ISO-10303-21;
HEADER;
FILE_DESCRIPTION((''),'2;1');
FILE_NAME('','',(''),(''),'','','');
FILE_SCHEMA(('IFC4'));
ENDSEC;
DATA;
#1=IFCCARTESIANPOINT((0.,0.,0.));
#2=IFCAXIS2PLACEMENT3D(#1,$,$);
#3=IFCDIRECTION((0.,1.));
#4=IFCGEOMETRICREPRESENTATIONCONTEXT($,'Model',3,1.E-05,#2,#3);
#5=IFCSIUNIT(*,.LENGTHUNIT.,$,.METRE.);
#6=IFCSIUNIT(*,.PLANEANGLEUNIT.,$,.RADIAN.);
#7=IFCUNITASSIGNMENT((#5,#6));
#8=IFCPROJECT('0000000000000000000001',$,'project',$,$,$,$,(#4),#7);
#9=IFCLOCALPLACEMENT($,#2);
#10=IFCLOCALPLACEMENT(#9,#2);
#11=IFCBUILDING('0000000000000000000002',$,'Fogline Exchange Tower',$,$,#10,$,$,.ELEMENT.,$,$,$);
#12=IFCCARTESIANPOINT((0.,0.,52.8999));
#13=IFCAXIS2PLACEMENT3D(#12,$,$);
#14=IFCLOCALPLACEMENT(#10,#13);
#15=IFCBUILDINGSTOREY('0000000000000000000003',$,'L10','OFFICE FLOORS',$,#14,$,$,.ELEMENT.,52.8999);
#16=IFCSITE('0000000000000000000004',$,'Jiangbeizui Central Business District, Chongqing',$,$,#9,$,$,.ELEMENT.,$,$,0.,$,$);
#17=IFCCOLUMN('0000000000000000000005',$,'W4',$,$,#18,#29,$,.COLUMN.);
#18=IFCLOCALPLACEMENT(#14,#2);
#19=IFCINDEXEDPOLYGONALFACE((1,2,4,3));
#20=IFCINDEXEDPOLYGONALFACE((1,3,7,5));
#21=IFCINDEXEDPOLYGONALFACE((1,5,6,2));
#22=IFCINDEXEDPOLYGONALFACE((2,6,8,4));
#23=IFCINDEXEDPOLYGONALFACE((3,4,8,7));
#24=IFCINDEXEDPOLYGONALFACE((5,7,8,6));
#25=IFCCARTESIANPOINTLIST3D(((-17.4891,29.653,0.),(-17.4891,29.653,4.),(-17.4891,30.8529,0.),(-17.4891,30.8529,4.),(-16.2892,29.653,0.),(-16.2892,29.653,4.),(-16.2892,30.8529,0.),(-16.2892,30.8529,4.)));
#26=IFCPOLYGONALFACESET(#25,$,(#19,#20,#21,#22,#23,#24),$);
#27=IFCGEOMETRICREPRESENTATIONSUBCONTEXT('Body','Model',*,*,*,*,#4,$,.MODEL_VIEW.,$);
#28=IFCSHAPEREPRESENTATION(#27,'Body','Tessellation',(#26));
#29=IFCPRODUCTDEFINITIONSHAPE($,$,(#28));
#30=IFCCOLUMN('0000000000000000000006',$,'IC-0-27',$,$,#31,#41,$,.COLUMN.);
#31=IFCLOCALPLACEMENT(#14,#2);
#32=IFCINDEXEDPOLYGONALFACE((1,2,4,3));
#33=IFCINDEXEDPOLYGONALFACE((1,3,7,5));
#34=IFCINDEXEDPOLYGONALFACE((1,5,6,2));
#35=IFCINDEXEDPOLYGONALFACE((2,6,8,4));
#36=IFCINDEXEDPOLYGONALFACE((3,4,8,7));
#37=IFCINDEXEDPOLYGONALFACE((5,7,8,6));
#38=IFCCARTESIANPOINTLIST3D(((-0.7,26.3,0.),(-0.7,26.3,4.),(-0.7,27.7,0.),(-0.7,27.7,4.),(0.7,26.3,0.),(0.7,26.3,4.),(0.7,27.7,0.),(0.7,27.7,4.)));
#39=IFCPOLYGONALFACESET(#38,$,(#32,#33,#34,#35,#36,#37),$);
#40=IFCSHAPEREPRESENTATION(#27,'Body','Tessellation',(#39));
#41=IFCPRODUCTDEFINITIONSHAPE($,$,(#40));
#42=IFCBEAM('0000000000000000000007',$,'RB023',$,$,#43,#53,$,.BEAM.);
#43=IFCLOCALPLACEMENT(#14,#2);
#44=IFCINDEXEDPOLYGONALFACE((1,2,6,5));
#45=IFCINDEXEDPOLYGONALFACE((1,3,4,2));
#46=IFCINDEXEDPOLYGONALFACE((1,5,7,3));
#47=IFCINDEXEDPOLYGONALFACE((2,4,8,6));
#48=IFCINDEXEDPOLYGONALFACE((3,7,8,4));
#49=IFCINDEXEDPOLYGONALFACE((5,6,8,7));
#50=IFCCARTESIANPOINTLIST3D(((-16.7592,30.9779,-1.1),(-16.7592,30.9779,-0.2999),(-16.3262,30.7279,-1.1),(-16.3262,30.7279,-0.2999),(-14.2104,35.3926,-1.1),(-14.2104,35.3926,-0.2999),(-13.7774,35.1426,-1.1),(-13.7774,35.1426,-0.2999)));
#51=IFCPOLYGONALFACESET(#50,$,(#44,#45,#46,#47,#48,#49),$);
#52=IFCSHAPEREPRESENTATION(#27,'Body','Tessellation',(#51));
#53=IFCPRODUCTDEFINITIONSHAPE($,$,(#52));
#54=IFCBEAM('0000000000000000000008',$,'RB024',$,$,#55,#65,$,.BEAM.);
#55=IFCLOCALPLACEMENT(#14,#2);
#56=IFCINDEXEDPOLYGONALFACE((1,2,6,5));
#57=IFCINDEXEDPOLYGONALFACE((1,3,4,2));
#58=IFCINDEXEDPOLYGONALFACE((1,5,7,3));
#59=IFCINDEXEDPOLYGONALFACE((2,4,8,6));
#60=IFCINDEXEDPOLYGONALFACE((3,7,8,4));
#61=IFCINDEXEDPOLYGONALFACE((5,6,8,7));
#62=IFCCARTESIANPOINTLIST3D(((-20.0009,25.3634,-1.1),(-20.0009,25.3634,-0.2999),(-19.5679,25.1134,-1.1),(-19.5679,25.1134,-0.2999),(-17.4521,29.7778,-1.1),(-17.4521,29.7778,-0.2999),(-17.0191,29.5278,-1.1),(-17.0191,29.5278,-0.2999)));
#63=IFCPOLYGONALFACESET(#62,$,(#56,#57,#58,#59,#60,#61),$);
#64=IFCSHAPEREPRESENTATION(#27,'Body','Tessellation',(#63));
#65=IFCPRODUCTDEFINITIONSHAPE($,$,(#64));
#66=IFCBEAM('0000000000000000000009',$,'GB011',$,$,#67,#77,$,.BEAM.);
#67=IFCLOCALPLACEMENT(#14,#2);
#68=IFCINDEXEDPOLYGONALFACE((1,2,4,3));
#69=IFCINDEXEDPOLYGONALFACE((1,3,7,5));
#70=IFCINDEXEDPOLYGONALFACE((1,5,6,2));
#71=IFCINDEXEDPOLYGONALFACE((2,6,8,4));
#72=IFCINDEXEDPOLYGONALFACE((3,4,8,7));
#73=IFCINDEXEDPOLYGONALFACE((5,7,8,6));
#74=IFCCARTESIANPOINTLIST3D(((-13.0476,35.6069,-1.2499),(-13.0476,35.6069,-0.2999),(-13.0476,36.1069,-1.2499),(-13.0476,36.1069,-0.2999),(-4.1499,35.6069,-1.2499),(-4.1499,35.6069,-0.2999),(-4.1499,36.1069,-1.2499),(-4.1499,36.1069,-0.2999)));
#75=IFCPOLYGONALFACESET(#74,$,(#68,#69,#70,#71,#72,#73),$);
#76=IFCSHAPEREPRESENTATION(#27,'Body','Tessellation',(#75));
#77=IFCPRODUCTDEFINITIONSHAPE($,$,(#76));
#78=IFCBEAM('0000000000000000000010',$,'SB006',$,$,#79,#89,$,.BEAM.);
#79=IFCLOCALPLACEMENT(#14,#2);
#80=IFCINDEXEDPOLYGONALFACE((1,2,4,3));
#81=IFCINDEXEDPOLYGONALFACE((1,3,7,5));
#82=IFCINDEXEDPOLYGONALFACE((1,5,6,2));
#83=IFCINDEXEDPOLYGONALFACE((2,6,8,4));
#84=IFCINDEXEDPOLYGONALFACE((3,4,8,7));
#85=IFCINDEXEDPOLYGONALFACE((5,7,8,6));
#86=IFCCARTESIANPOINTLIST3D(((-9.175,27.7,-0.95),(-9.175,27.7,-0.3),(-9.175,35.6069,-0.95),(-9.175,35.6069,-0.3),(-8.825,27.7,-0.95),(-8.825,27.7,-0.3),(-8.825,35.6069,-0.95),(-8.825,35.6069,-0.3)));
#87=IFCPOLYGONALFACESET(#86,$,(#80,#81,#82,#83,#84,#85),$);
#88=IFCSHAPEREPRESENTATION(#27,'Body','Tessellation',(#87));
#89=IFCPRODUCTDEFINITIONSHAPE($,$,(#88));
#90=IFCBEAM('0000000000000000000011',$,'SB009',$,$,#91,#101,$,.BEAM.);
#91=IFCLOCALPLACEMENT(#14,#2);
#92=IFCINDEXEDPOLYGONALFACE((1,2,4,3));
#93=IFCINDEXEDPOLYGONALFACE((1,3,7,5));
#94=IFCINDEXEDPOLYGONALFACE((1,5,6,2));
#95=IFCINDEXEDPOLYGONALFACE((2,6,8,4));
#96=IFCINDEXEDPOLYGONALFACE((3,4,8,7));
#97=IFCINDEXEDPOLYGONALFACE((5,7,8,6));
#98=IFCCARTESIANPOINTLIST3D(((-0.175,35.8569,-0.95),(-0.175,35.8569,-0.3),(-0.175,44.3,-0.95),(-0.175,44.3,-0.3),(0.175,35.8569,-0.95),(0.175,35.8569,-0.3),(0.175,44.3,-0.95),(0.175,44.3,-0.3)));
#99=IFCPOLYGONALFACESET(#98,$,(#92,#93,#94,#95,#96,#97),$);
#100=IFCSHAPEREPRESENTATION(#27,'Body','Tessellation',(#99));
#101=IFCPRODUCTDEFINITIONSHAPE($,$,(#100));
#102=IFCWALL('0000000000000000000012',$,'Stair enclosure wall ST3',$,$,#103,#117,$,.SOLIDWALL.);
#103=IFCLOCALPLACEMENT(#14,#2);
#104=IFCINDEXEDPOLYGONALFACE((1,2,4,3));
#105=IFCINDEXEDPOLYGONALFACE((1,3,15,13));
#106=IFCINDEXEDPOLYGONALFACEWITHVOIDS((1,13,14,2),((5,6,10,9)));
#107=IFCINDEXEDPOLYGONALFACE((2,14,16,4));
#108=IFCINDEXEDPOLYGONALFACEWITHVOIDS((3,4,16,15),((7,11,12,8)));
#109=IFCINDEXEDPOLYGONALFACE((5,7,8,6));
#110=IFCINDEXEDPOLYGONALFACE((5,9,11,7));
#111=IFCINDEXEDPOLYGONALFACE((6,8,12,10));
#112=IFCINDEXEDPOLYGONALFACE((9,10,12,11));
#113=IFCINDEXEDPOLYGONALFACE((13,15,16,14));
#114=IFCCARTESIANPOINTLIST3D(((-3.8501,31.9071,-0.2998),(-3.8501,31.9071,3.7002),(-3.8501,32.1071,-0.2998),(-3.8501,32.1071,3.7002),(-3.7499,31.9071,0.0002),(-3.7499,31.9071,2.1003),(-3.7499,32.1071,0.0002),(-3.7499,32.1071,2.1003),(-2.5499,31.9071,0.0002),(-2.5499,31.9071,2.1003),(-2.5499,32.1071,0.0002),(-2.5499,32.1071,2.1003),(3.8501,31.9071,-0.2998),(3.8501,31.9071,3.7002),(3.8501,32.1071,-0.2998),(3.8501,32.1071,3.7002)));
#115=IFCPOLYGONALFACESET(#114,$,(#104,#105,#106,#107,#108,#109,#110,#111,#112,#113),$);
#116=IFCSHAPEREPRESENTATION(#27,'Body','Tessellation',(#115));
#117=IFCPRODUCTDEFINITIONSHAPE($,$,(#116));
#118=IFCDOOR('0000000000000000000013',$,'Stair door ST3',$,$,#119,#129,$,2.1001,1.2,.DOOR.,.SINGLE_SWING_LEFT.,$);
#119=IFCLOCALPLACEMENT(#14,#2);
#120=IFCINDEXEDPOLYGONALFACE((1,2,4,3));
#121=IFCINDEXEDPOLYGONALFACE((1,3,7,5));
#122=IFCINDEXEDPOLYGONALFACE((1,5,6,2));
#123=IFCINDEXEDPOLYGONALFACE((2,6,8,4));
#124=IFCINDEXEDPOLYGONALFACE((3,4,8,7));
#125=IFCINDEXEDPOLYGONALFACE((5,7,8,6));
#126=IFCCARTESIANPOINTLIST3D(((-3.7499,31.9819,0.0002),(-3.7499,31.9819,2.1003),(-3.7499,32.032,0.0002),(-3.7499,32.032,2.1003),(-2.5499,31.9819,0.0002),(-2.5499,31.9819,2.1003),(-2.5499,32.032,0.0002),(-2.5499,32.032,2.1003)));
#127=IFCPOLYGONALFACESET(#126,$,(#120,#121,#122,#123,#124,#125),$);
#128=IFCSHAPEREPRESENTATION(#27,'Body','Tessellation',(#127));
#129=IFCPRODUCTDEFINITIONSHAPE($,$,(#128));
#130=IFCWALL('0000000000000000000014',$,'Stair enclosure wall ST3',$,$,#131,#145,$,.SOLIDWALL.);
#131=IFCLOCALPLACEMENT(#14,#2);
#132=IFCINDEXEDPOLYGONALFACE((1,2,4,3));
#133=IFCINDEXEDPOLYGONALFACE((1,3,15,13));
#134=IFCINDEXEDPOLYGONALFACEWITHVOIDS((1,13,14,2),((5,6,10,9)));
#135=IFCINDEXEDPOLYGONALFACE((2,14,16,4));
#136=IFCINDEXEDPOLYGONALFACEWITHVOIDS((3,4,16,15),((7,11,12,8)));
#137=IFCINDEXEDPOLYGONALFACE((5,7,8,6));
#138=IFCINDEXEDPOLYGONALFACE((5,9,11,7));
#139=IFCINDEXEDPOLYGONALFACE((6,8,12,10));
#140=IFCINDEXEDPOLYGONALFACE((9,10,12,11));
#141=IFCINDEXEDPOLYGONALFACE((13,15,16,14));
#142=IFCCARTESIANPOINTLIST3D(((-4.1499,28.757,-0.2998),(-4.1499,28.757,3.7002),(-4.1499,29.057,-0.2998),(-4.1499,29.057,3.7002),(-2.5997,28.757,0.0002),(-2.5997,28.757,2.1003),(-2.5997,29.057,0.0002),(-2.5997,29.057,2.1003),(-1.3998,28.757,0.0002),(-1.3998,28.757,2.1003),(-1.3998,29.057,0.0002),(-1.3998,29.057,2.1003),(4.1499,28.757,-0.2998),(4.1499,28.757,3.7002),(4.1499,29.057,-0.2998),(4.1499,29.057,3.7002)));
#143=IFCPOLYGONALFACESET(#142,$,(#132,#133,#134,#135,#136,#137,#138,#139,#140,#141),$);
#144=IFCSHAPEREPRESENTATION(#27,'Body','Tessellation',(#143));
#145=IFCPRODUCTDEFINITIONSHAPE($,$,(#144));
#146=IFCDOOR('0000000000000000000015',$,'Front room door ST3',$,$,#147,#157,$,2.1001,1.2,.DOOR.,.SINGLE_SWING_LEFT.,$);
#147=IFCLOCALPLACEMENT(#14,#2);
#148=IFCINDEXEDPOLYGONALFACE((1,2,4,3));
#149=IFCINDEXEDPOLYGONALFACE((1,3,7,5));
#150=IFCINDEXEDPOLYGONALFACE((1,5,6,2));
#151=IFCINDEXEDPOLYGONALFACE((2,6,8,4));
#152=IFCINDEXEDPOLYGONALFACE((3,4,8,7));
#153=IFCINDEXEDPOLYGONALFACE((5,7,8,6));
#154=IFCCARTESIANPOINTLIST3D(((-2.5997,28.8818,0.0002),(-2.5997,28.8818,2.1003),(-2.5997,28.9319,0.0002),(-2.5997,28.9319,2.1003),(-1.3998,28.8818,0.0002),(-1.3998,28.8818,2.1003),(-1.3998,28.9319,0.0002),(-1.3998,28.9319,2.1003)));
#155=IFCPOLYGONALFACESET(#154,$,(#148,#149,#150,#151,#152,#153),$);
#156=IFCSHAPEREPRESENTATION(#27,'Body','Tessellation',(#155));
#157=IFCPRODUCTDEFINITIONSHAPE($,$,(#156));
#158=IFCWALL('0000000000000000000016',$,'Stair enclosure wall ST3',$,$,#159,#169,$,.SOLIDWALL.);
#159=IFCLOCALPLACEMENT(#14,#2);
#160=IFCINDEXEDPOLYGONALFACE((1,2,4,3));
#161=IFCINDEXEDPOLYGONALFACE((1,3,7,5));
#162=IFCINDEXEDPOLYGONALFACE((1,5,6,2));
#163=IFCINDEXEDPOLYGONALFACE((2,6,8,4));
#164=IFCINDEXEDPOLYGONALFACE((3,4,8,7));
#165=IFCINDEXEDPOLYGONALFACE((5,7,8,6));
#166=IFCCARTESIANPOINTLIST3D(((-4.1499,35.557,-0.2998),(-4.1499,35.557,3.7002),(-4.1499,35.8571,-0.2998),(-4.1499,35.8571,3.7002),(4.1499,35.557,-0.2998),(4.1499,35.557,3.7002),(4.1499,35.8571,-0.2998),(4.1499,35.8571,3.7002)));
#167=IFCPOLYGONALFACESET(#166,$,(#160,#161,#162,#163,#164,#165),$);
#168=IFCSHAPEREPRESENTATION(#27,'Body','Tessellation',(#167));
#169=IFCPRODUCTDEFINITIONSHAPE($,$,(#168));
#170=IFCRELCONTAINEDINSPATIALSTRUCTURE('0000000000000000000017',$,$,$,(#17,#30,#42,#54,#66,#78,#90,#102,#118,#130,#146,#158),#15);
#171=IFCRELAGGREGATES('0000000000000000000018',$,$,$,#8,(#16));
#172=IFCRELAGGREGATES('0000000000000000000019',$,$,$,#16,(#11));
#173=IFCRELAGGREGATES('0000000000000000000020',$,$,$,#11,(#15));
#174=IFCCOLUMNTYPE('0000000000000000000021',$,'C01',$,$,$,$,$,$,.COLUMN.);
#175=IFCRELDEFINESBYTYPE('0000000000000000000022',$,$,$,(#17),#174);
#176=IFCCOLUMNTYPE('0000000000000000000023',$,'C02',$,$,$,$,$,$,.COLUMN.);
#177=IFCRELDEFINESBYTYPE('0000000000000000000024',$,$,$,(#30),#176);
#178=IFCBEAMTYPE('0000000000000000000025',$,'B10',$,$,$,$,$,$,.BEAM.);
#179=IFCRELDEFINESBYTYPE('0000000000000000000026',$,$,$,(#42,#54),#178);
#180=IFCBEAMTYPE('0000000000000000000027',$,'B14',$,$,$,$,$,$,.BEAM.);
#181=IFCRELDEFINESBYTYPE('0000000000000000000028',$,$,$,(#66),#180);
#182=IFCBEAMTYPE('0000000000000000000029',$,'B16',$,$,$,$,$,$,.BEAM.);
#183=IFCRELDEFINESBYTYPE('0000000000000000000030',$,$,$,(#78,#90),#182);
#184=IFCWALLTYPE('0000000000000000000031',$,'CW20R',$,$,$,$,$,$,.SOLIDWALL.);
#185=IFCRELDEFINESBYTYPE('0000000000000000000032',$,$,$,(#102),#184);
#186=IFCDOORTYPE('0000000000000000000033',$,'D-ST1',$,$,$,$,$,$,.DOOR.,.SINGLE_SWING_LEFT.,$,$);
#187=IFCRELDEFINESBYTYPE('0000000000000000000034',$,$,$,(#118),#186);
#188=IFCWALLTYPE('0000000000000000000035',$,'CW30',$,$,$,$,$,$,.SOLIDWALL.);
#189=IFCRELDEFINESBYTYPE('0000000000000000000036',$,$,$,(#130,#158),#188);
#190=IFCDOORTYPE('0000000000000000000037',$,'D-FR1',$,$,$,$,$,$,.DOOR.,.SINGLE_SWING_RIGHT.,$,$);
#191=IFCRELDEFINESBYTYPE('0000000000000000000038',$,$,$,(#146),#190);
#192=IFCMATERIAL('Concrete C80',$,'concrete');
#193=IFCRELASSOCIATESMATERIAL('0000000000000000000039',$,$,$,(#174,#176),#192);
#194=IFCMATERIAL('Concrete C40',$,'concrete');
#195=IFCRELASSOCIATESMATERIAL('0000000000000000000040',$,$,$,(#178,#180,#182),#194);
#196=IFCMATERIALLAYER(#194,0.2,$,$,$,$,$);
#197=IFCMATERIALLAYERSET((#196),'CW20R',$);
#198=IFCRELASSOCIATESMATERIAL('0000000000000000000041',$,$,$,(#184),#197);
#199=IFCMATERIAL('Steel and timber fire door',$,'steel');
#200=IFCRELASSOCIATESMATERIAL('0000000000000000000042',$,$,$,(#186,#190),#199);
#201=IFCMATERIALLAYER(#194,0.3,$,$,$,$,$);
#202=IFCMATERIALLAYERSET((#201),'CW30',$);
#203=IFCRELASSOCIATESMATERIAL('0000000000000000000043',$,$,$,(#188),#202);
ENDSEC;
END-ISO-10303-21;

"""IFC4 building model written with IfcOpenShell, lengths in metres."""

from ifc_helpers import new_model, si_unit, direction, frame, frame_2d, origin, origin_2d, place, context, subcontext, project, spatial, rectangle, extrude, material, layer, layer_set, material_profile, profile_set, type_object, element, fill, save


model = new_model("IFC4")

# Units and contexts
model_context = context("Model", 3, precision=1e-05, world=origin(), true_north=direction((0.0, 1.0)))
body_context = subcontext(model_context, "Body", "Model", "MODEL_VIEW")
ifc_project = project(units=[si_unit("LENGTHUNIT", "METRE"), si_unit("PLANEANGLEUNIT", "RADIAN")], contexts=[model_context])

# Site, building, storey
site_placement = place(None, origin())
site = spatial("IfcSite", under=ifc_project, at=site_placement, Name="Jiangbeizui Central Business District, Chongqing", CompositionType="ELEMENT", RefElevation=0.0)
building_placement = place(site_placement, origin())
building = spatial("IfcBuilding", under=site, at=building_placement, Name="Fogline Exchange Tower", CompositionType="ELEMENT")
storey_placement = place(building_placement, frame((0.0, 0.0, 52.8999)))
storey = spatial("IfcBuildingStorey", under=building, at=storey_placement, Name="L10", Description="OFFICE FLOORS", CompositionType="ELEMENT", Elevation=52.8999)

# Columns
ifc_material_1 = material(Name="Concrete C80", Category="concrete")
ifc_material_profile_1 = material_profile(ifc_material_1, rectangle(XDim=1.2, YDim=1.2, at=origin_2d()), Name="RC 1200x1200")
ifc_profile_set_1 = profile_set([ifc_material_profile_1], Name="Concrete C80")
column_type_1 = type_object("IfcColumnType", Name="C01", PredefinedType="COLUMN", material=ifc_profile_set_1)
column_1_placement = place(storey_placement, frame((-16.8892, 30.2529, 0.0), z_axis=(0.0, 0.0, 1.0), x_axis=(1.0, 0.0, 0.0)))
element("IfcColumn", 1, at=column_1_placement, inside=storey, type_object=column_type_1, Name="W4", PredefinedType="COLUMN", context=body_context, shape_type="SweptSolid", body=[
    extrude(rectangle(XDim=1.2, YDim=1.2, at=origin_2d()), origin(), (0.0, 0.0, 1.0), 4.0),
])
ifc_material_profile_2 = material_profile(ifc_material_1, rectangle(XDim=1.3999, YDim=1.3999, at=origin_2d()), Name="RC 1400x1400")
ifc_profile_set_2 = profile_set([ifc_material_profile_2], Name="Concrete C80")
column_type_2 = type_object("IfcColumnType", Name="C02", PredefinedType="COLUMN", material=ifc_profile_set_2)
column_2_placement = place(storey_placement, frame((0.0, 27.0, 0.0), z_axis=(0.0, 0.0, 1.0), x_axis=(1.0, 0.0, 0.0)))
element("IfcColumn", 2, at=column_2_placement, inside=storey, type_object=column_type_2, Name="IC-0-27", PredefinedType="COLUMN", context=body_context, shape_type="SweptSolid", body=[
    extrude(rectangle(XDim=1.3999, YDim=1.3999, at=origin_2d()), origin(), (0.0, 0.0, 1.0), 4.0),
])

# Beams
ifc_material_2 = material(Name="Concrete C40", Category="concrete")
ifc_material_profile_3 = material_profile(ifc_material_2, rectangle(XDim=0.5, YDim=0.8, at=origin_2d()), Name="RC 500x800")
ifc_profile_set_3 = profile_set([ifc_material_profile_3], Name="Concrete C40")
beam_type_1 = type_object("IfcBeamType", Name="B10", PredefinedType="BEAM", material=ifc_profile_set_3)
beam_1_placement = place(storey_placement, frame((-13.9939, 35.2676, -0.7), z_axis=(-0.499992, -0.86603, 0.0), x_axis=(0.86603, -0.499992, 0.0)))
element("IfcBeam", 3, at=beam_1_placement, inside=storey, type_object=beam_type_1, Name="RB023", PredefinedType="BEAM", context=body_context, shape_type="SweptSolid", body=[
    extrude(rectangle(XDim=0.5, YDim=0.8, at=origin_2d()), origin(), (0.0, 0.0, 1.0), 5.0977),
])
beam_2_placement = place(storey_placement, frame((-17.2356, 29.6528, -0.7), z_axis=(-0.500013, -0.866018, 0.0), x_axis=(0.866018, -0.500013, 0.0)))
element("IfcBeam", 4, at=beam_2_placement, inside=storey, type_object=beam_type_1, Name="RB024", PredefinedType="BEAM", context=body_context, shape_type="SweptSolid", body=[
    extrude(rectangle(XDim=0.5, YDim=0.8, at=origin_2d()), origin(), (0.0, 0.0, 1.0), 5.0974),
])
ifc_material_profile_4 = material_profile(ifc_material_2, rectangle(XDim=0.5, YDim=0.95, at=origin_2d()), Name="RC 500x950")
ifc_profile_set_4 = profile_set([ifc_material_profile_4], Name="Concrete C40")
beam_type_2 = type_object("IfcBeamType", Name="B14", PredefinedType="BEAM", material=ifc_profile_set_4)
beam_3_placement = place(storey_placement, frame((-13.0476, 35.8569, -0.7749), z_axis=(1.0, 0.0, 0.0), x_axis=(0.0, 1.0, 0.0)))
element("IfcBeam", 5, at=beam_3_placement, inside=storey, type_object=beam_type_2, Name="GB011", PredefinedType="BEAM", context=body_context, shape_type="SweptSolid", body=[
    extrude(rectangle(XDim=0.5, YDim=0.95, at=origin_2d()), origin(), (0.0, 0.0, 1.0), 8.8977),
])
ifc_material_profile_5 = material_profile(ifc_material_2, rectangle(XDim=0.3501, YDim=0.6499, at=origin_2d()), Name="RC 350x650")
ifc_profile_set_5 = profile_set([ifc_material_profile_5], Name="Concrete C40")
beam_type_3 = type_object("IfcBeamType", Name="B16", PredefinedType="BEAM", material=ifc_profile_set_5)
beam_4_placement = place(storey_placement, frame((-9.0, 27.7, -0.625), z_axis=(0.0, 1.0, 0.0), x_axis=(-1.0, 0.0, 0.0)))
element("IfcBeam", 6, at=beam_4_placement, inside=storey, type_object=beam_type_3, Name="SB006", PredefinedType="BEAM", context=body_context, shape_type="SweptSolid", body=[
    extrude(rectangle(XDim=0.3501, YDim=0.6499, at=origin_2d()), origin(), (0.0, 0.0, 1.0), 7.907),
])
beam_5_placement = place(storey_placement, frame((0.0, 35.8569, -0.625), z_axis=(0.0, 1.0, 0.0), x_axis=(-1.0, 0.0, 0.0)))
element("IfcBeam", 7, at=beam_5_placement, inside=storey, type_object=beam_type_3, Name="SB009", PredefinedType="BEAM", context=body_context, shape_type="SweptSolid", body=[
    extrude(rectangle(XDim=0.3501, YDim=0.6499, at=origin_2d()), origin(), (0.0, 0.0, 1.0), 8.4431),
])

# Walls, openings, doors
ifc_layer_1 = layer(ifc_material_2, 0.2)
ifc_layer_set_1 = layer_set([ifc_layer_1], Name="CW20R")
wall_type_1 = type_object("IfcWallType", Name="CW20R", PredefinedType="SOLIDWALL", material=ifc_layer_set_1)
wall_1_placement = place(storey_placement, frame((-3.8501, 32.0071, -0.2998), z_axis=(0.0, 0.0, 1.0), x_axis=(1.0, 0.0, 0.0)))
wall_1 = element("IfcWall", 8, at=wall_1_placement, inside=storey, type_object=wall_type_1, Name="Stair enclosure wall ST3", PredefinedType="SOLIDWALL", context=body_context, shape_type="SweptSolid", body=[
    extrude(rectangle(XDim=7.7002, YDim=0.2, at=frame_2d((3.8501, 0.0))), origin(), (0.0, 0.0, 1.0), 4.0),
])
opening_1_placement = place(wall_1_placement, frame((0.1001, 0.0, 0.3)))
opening_1 = element("IfcOpeningElement", 9, at=opening_1_placement, cuts=wall_1, PredefinedType="OPENING", context=body_context, shape_type="SweptSolid", body=[
    extrude(rectangle(XDim=1.2, YDim=2.1001, at=frame_2d((0.6001, 1.05))), frame((0.0, 0.1099, 0.0), z_axis=(0.0, -1.0, 0.0), x_axis=(1.0, 0.0, 0.0)), (0.0, 0.0, 1.0), 0.22),
])
ifc_material_3 = material(Name="Steel and timber fire door", Category="steel")
door_type_1 = type_object("IfcDoorType", Name="D-ST1", OperationType="SINGLE_SWING_LEFT", PredefinedType="DOOR", material=ifc_material_3)
door_1_placement = place(opening_1_placement, origin())
door_1 = element("IfcDoor", 10, at=door_1_placement, inside=storey, type_object=door_type_1, Name="Stair door ST3", OperationType="SINGLE_SWING_LEFT", OverallHeight=2.1001, OverallWidth=1.2, PredefinedType="DOOR", context=body_context, shape_type="SweptSolid", body=[
    extrude(rectangle(XDim=1.2, YDim=2.1001, at=frame_2d((0.6001, 1.05))), frame((0.0, 0.0249, 0.0), z_axis=(0.0, -1.0, 0.0), x_axis=(1.0, 0.0, 0.0)), (0.0, 0.0, 1.0), 0.05),
])
fill(opening_1, door_1)
ifc_layer_2 = layer(ifc_material_2, 0.3)
ifc_layer_set_2 = layer_set([ifc_layer_2], Name="CW30")
wall_type_2 = type_object("IfcWallType", Name="CW30", PredefinedType="SOLIDWALL", material=ifc_layer_set_2)
wall_2_placement = place(storey_placement, frame((-4.1499, 28.907, -0.2998), z_axis=(0.0, 0.0, 1.0), x_axis=(1.0, 0.0, 0.0)))
wall_2 = element("IfcWall", 11, at=wall_2_placement, inside=storey, type_object=wall_type_2, Name="Stair enclosure wall ST3", PredefinedType="SOLIDWALL", context=body_context, shape_type="SweptSolid", body=[
    extrude(rectangle(XDim=8.2998, YDim=0.3, at=frame_2d((4.1499, 0.0))), origin(), (0.0, 0.0, 1.0), 4.0),
])
opening_2_placement = place(wall_2_placement, frame((1.55, 0.0, 0.3)))
opening_2 = element("IfcOpeningElement", 12, at=opening_2_placement, cuts=wall_2, PredefinedType="OPENING", context=body_context, shape_type="SweptSolid", body=[
    extrude(rectangle(XDim=1.2, YDim=2.1001, at=frame_2d((0.6001, 1.05))), frame((0.0, 0.1602, 0.0), z_axis=(0.0, -1.0, 0.0), x_axis=(1.0, 0.0, 0.0)), (0.0, 0.0, 1.0), 0.3201),
])
door_type_2 = type_object("IfcDoorType", Name="D-FR1", OperationType="SINGLE_SWING_RIGHT", PredefinedType="DOOR", material=ifc_material_3)
door_2_placement = place(opening_2_placement, origin())
door_2 = element("IfcDoor", 13, at=door_2_placement, inside=storey, type_object=door_type_2, Name="Front room door ST3", OperationType="SINGLE_SWING_LEFT", OverallHeight=2.1001, OverallWidth=1.2, PredefinedType="DOOR", context=body_context, shape_type="SweptSolid", body=[
    extrude(rectangle(XDim=1.2, YDim=2.1001, at=frame_2d((0.6001, 1.05))), frame((0.0, 0.0249, 0.0), z_axis=(0.0, -1.0, 0.0), x_axis=(1.0, 0.0, 0.0)), (0.0, 0.0, 1.0), 0.05),
])
fill(opening_2, door_2)

# Wall
wall_3_placement = place(storey_placement, frame((-4.1499, 35.707, -0.2998), z_axis=(0.0, 0.0, 1.0), x_axis=(1.0, 0.0, 0.0)))
element("IfcWall", 14, at=wall_3_placement, inside=storey, type_object=wall_type_2, Name="Stair enclosure wall ST3", PredefinedType="SOLIDWALL", context=body_context, shape_type="SweptSolid", body=[
    extrude(rectangle(XDim=8.2998, YDim=0.3, at=frame_2d((4.1499, 0.0))), origin(), (0.0, 0.0, 1.0), 4.0),
])

save(model, "model.ifc")
